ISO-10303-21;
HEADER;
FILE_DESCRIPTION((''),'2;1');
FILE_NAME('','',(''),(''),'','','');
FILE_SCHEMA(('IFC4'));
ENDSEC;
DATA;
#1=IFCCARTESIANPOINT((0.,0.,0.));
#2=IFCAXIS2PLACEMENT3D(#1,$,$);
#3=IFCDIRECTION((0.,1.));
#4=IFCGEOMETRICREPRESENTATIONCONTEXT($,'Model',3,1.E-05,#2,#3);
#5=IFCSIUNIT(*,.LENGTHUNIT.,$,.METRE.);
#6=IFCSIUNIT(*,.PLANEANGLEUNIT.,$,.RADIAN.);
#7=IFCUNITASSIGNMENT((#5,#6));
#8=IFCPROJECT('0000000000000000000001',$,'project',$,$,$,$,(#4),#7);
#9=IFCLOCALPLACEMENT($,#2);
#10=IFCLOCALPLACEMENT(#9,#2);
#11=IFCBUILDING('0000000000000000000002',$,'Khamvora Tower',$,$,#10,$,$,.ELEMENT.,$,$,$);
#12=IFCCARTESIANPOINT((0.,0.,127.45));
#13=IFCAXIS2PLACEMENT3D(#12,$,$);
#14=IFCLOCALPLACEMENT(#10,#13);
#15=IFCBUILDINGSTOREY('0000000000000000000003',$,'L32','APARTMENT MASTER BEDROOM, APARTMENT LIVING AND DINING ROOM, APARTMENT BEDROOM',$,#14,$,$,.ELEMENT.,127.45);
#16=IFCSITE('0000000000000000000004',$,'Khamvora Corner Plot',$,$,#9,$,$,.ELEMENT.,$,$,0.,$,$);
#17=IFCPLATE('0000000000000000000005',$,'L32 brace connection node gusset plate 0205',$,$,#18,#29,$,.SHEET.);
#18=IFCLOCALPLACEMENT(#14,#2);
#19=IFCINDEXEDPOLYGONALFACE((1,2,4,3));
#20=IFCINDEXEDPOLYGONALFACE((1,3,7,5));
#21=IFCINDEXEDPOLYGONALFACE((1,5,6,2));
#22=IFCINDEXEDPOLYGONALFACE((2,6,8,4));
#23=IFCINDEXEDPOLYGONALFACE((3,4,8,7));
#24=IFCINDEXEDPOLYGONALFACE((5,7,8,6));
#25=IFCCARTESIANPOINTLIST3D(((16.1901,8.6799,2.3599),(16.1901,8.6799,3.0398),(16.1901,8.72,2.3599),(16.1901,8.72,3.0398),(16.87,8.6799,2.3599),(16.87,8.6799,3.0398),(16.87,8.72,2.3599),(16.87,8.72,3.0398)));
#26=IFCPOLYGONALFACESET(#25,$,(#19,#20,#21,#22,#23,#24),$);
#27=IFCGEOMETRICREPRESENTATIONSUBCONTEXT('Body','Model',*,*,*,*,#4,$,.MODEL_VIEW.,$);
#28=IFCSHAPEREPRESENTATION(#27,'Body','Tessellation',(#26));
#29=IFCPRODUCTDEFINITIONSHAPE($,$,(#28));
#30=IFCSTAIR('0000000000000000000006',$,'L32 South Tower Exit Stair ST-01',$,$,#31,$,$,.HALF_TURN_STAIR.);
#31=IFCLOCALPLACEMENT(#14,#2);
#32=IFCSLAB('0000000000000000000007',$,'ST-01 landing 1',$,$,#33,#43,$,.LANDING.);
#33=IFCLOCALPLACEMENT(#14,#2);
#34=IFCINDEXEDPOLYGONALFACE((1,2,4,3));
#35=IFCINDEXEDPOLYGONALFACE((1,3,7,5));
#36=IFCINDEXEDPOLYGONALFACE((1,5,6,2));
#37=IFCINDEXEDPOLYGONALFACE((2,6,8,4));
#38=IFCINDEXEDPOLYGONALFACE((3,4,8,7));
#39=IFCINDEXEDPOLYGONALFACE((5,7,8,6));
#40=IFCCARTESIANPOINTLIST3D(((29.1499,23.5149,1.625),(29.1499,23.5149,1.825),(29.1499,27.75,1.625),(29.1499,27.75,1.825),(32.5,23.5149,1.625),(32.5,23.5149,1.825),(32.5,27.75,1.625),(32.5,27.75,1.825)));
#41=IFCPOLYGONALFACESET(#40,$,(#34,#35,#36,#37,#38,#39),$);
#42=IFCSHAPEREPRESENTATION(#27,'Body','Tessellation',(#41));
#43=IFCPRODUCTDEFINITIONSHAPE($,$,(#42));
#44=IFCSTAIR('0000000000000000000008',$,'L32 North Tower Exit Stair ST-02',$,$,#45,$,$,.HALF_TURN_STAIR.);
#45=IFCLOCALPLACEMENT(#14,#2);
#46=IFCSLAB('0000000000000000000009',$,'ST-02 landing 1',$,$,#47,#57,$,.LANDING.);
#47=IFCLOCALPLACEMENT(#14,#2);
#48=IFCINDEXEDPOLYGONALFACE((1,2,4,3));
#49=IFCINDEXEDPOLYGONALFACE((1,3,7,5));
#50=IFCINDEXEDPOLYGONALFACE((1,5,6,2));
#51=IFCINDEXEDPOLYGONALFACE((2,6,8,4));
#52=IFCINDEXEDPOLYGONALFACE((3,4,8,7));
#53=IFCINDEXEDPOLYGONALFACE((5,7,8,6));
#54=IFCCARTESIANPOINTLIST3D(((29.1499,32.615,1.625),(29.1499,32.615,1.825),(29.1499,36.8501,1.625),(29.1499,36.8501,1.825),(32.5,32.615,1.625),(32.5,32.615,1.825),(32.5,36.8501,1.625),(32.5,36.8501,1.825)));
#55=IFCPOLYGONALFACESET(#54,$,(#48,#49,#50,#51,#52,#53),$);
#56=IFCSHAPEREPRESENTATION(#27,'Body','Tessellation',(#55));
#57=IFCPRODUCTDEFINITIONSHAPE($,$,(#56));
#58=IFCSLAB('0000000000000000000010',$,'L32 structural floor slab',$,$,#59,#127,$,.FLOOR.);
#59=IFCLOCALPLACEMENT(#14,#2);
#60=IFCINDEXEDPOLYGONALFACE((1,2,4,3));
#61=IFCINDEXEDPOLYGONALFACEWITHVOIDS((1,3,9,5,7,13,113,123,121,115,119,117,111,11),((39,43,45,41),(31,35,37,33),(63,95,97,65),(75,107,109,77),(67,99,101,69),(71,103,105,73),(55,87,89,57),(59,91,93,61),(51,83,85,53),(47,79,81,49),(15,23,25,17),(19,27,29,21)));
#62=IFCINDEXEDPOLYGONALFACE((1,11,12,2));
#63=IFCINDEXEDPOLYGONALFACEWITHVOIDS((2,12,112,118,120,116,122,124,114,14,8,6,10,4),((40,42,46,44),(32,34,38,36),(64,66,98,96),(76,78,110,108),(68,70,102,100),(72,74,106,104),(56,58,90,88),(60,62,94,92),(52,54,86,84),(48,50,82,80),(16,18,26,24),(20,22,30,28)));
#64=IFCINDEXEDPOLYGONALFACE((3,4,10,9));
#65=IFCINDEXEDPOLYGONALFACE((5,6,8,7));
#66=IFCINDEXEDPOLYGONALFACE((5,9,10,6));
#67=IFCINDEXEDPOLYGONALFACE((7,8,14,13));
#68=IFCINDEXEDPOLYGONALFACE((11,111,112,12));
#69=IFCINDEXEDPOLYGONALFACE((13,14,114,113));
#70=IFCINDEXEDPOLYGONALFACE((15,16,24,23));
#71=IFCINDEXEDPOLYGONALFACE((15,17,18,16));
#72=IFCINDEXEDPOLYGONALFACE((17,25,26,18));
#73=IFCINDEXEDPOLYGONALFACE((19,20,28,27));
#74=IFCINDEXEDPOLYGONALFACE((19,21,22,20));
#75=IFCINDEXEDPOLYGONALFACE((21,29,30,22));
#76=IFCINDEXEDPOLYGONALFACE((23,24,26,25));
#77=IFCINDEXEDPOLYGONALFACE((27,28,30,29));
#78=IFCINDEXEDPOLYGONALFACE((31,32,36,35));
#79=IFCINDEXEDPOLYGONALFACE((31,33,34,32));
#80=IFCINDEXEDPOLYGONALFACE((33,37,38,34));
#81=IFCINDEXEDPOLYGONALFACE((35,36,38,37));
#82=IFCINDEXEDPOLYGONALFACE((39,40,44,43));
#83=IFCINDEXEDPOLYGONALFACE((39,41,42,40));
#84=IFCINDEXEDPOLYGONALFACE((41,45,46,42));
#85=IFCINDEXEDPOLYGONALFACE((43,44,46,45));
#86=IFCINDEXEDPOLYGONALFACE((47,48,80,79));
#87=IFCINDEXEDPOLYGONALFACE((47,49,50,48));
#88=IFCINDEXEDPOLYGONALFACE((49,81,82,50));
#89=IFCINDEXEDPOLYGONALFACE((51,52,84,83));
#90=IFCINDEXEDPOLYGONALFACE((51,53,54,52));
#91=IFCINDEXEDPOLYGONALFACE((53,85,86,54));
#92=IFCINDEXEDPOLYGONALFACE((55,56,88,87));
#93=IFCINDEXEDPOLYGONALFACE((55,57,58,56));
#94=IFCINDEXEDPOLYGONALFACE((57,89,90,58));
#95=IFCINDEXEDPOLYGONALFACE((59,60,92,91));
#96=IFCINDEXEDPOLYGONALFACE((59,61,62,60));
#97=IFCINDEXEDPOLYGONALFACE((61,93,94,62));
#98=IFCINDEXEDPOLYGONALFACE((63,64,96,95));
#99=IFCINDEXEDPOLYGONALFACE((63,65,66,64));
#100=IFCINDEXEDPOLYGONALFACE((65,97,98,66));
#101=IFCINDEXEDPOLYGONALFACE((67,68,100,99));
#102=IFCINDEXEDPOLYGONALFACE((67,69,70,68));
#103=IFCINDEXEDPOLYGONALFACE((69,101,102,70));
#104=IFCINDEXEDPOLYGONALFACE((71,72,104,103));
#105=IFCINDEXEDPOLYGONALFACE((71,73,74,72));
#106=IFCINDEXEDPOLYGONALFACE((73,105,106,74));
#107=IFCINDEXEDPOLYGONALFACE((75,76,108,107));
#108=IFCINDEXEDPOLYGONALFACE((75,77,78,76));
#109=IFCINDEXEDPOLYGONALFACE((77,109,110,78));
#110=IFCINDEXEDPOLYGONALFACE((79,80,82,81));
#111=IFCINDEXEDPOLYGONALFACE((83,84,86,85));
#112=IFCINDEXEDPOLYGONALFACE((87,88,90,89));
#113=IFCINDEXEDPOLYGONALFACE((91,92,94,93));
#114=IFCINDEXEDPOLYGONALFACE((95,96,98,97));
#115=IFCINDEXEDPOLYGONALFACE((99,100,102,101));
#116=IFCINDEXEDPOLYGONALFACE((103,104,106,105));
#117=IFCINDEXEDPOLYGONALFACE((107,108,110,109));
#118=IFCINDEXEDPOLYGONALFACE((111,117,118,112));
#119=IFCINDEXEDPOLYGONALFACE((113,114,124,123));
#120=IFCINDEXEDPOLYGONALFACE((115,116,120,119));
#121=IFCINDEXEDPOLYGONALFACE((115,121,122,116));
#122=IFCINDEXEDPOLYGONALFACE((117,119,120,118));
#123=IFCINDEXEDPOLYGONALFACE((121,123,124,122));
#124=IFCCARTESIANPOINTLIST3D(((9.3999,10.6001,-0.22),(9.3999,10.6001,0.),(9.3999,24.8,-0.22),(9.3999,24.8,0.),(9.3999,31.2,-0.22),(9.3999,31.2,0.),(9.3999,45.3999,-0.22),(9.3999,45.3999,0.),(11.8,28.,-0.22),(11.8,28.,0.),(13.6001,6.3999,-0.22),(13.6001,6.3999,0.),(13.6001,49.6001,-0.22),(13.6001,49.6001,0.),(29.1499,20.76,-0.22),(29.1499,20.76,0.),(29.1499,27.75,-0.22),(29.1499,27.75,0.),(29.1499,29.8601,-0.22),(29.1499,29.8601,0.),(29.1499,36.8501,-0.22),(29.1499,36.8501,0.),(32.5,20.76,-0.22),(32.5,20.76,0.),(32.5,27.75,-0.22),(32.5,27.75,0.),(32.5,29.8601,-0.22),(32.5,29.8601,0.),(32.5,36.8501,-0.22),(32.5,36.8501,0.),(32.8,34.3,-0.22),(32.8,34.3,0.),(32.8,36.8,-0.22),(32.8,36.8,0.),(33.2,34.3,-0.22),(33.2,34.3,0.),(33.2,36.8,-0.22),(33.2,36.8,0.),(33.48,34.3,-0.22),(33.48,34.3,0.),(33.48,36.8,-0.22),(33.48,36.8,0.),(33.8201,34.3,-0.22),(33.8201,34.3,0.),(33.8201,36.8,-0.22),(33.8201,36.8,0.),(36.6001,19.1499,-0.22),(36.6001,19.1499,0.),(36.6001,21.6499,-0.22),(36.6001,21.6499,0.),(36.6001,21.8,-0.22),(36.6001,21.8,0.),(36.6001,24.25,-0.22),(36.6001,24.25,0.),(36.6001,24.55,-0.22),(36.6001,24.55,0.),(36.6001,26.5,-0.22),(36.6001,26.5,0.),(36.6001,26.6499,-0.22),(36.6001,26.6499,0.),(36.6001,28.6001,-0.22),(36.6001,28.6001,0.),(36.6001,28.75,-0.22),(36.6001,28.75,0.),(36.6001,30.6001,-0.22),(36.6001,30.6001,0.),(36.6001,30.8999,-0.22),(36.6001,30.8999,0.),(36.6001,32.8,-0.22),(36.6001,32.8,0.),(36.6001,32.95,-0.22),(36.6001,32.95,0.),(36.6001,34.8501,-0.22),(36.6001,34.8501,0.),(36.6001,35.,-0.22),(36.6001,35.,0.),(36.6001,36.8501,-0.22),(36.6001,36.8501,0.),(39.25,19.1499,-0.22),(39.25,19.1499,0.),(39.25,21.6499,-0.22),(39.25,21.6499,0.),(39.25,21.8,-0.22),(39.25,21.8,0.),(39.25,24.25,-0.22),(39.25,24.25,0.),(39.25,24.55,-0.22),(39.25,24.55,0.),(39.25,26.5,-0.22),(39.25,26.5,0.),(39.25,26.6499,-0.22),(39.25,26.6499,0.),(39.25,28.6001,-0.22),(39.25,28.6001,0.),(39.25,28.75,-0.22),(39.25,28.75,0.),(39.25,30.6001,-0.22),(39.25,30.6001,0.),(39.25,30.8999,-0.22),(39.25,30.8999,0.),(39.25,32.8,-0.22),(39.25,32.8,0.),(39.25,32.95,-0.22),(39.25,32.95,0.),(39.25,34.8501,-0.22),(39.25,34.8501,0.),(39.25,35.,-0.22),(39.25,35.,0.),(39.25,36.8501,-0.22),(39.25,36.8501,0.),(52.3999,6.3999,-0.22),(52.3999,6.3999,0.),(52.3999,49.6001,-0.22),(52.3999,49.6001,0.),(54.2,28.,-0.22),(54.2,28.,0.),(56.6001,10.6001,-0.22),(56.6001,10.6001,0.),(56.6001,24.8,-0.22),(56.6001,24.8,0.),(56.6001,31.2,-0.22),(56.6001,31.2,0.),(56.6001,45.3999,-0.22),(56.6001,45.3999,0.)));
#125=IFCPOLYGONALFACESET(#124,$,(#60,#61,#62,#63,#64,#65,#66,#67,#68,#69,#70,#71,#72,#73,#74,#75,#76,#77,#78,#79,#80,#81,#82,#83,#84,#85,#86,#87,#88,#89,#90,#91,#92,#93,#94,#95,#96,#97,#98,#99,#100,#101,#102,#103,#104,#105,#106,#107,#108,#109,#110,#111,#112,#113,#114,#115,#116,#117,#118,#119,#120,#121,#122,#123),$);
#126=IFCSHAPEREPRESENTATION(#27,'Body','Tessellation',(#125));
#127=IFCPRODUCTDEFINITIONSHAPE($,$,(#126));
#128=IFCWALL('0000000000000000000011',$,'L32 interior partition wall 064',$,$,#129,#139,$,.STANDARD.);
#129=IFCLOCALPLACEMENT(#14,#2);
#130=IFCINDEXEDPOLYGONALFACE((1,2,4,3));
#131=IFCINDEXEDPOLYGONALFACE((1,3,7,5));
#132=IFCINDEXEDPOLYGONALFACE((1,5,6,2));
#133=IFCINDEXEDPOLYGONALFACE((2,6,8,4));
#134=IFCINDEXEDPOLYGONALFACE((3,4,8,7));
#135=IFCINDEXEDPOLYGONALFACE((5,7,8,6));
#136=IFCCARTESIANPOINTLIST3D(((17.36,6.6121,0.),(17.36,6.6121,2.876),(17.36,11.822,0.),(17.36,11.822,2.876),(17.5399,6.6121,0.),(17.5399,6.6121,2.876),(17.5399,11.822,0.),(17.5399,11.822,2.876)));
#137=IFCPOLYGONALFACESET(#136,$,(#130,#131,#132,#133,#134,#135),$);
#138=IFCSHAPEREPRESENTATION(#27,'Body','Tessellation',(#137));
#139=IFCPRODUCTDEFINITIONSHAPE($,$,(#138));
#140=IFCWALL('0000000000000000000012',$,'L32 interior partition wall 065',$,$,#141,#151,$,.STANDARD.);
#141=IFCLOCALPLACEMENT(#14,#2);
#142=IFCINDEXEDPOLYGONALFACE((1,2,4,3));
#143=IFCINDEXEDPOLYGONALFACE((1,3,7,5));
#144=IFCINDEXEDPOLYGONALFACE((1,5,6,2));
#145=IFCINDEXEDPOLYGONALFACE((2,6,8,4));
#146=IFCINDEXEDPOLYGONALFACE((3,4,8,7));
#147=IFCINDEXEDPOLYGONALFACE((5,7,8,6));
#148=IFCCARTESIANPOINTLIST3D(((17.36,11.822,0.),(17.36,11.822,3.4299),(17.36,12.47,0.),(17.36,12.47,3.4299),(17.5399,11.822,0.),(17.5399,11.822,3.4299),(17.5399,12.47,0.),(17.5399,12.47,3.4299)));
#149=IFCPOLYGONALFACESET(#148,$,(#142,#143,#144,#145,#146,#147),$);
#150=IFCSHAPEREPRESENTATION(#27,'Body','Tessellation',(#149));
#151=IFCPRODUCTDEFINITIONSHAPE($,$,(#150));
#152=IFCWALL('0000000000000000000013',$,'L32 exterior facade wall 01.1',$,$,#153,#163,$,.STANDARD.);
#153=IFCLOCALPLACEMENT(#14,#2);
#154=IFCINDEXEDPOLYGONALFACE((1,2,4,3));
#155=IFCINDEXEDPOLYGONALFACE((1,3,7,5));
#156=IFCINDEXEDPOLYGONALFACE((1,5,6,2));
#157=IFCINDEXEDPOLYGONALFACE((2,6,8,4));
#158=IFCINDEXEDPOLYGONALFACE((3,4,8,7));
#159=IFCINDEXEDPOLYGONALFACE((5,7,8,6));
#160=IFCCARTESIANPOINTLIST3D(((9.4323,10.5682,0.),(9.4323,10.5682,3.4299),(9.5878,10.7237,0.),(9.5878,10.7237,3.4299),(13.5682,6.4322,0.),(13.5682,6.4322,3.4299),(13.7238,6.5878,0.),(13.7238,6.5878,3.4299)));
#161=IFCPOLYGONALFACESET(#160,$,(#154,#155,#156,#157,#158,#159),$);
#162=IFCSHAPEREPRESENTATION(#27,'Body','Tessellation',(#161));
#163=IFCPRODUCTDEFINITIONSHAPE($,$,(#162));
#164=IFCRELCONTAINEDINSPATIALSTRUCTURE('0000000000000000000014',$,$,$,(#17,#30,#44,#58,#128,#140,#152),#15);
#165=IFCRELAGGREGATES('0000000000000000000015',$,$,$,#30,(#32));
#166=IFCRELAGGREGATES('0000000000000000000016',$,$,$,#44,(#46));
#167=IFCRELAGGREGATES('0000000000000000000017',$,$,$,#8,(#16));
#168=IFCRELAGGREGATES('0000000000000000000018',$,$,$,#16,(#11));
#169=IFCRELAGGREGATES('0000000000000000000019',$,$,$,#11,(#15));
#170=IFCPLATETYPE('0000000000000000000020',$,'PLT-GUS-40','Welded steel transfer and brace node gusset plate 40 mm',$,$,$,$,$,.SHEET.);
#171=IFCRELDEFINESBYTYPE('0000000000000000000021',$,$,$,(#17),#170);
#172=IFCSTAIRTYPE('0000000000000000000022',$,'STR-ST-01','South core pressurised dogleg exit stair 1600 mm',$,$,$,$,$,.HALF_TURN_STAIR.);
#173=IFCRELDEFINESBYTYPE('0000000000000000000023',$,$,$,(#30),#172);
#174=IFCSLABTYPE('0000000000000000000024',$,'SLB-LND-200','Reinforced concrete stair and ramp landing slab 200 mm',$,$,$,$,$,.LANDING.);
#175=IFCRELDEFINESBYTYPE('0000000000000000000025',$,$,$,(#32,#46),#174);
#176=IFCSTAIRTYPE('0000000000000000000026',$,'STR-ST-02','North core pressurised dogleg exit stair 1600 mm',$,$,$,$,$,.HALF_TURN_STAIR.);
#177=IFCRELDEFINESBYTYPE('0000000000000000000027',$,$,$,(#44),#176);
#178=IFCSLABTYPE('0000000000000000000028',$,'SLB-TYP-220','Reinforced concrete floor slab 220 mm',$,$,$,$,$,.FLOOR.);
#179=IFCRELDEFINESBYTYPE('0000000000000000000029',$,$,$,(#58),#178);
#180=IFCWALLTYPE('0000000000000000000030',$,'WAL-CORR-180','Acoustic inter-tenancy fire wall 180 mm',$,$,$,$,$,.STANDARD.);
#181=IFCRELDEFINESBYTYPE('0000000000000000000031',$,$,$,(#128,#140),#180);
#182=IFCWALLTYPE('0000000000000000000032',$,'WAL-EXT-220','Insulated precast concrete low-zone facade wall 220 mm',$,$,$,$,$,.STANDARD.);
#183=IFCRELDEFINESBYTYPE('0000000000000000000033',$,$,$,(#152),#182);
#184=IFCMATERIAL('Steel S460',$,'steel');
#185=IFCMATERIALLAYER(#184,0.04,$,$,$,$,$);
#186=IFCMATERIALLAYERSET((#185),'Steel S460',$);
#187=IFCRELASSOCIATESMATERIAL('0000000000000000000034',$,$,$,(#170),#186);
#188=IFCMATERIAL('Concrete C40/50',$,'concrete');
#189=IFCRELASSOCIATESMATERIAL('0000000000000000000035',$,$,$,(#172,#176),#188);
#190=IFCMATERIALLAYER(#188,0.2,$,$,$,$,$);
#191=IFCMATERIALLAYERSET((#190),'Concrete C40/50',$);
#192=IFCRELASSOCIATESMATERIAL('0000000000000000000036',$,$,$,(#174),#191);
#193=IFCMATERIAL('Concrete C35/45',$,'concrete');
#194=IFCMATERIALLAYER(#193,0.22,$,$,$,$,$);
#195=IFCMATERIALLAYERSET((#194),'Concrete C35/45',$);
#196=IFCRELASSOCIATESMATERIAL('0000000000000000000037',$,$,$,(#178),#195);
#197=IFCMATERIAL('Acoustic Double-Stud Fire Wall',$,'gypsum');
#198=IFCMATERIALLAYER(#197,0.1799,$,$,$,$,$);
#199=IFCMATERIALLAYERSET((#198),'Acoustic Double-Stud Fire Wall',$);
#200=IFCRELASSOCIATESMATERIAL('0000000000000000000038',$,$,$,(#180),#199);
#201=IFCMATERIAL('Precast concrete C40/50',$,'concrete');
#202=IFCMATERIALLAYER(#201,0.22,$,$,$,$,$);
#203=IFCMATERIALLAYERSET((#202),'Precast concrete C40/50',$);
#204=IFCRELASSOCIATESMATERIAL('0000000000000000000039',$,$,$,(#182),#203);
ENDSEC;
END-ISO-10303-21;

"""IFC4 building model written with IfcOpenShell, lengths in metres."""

from ifc_helpers import new_model, si_unit, direction, frame, frame_2d, origin, origin_2d, place, context, subcontext, project, spatial, polyline, rectangle, outline, extrude, material, layer, layer_set, type_object, element, aggregate, save


model = new_model("IFC4")

# Units and contexts
model_context = context("Model", 3, precision=1e-05, world=origin(), true_north=direction((0.0, 1.0)))
body_context = subcontext(model_context, "Body", "Model", "MODEL_VIEW")
ifc_project = project(units=[si_unit("LENGTHUNIT", "METRE"), si_unit("PLANEANGLEUNIT", "RADIAN")], contexts=[model_context])

# Site, building, storey
site_placement = place(None, origin())
site = spatial("IfcSite", under=ifc_project, at=site_placement, Name="Khamvora Corner Plot", CompositionType="ELEMENT", RefElevation=0.0)
building_placement = place(site_placement, origin())
building = spatial("IfcBuilding", under=site, at=building_placement, Name="Khamvora Tower", CompositionType="ELEMENT")
storey_placement = place(building_placement, frame((0.0, 0.0, 127.45)))
storey = spatial("IfcBuildingStorey", under=building, at=storey_placement, Name="L32", Description="APARTMENT MASTER BEDROOM, APARTMENT LIVING AND DINING ROOM, APARTMENT BEDROOM", CompositionType="ELEMENT", Elevation=127.45)

# Plate
ifc_material_1 = material(Name="Steel S460", Category="steel")
ifc_layer_1 = layer(ifc_material_1, 0.04)
ifc_layer_set_1 = layer_set([ifc_layer_1], Name="Steel S460")
plate_type_1 = type_object("IfcPlateType", Name="PLT-GUS-40", Description="Welded steel transfer and brace node gusset plate 40 mm", PredefinedType="SHEET", material=ifc_layer_set_1)
plate_1_placement = place(storey_placement, frame((16.53, 8.7, 2.3599), z_axis=(0.0, 0.0, 1.0), x_axis=(1.0, 0.0, 0.0)))
element("IfcPlate", 1, at=plate_1_placement, inside=storey, type_object=plate_type_1, Name="L32 brace connection node gusset plate 0205", PredefinedType="SHEET", context=body_context, shape_type="SweptSolid", body=[
    extrude(rectangle(XDim=0.6799, YDim=0.04, at=origin_2d()), origin(), (0.0, 0.0, 1.0), 0.6799),
])

# Stairs, slabs
ifc_material_2 = material(Name="Concrete C40/50", Category="concrete")
stair_type_1 = type_object("IfcStairType", Name="STR-ST-01", Description="South core pressurised dogleg exit stair 1600 mm", PredefinedType="HALF_TURN_STAIR", material=ifc_material_2)
stair_1_placement = place(storey_placement, origin())
stair_1 = element("IfcStair", 2, at=stair_1_placement, inside=storey, type_object=stair_type_1, Name="L32 South Tower Exit Stair ST-01", PredefinedType="HALF_TURN_STAIR")
ifc_layer_2 = layer(ifc_material_2, 0.2)
ifc_layer_set_2 = layer_set([ifc_layer_2], Name="Concrete C40/50")
slab_type_1 = type_object("IfcSlabType", Name="SLB-LND-200", Description="Reinforced concrete stair and ramp landing slab 200 mm", PredefinedType="LANDING", material=ifc_layer_set_2)
slab_1_placement = place(storey_placement, frame((0.0, 0.0, 1.625)))
slab_1 = element("IfcSlab", 3, at=slab_1_placement, type_object=slab_type_1, Name="ST-01 landing 1", PredefinedType="LANDING", context=body_context, shape_type="SweptSolid", body=[
    extrude(outline(polyline([(32.5, 23.5149), (32.5, 27.75), (29.1499, 27.75), (29.1499, 23.5149), (32.5, 23.5149)])), origin(), (0.0, 0.0, 1.0), 0.2),
])
aggregate(stair_1, [slab_1])
stair_type_2 = type_object("IfcStairType", Name="STR-ST-02", Description="North core pressurised dogleg exit stair 1600 mm", PredefinedType="HALF_TURN_STAIR", material=ifc_material_2)
stair_2_placement = place(storey_placement, origin())
stair_2 = element("IfcStair", 4, at=stair_2_placement, inside=storey, type_object=stair_type_2, Name="L32 North Tower Exit Stair ST-02", PredefinedType="HALF_TURN_STAIR")
slab_2_placement = place(storey_placement, frame((0.0, 0.0, 1.625)))
slab_2 = element("IfcSlab", 5, at=slab_2_placement, type_object=slab_type_1, Name="ST-02 landing 1", PredefinedType="LANDING", context=body_context, shape_type="SweptSolid", body=[
    extrude(outline(polyline([(32.5, 32.615), (32.5, 36.8501), (29.1499, 36.8501), (29.1499, 32.615), (32.5, 32.615)])), origin(), (0.0, 0.0, 1.0), 0.2),
])
aggregate(stair_2, [slab_2])

# Slab
ifc_material_3 = material(Name="Concrete C35/45", Category="concrete")
ifc_layer_3 = layer(ifc_material_3, 0.22)
ifc_layer_set_3 = layer_set([ifc_layer_3], Name="Concrete C35/45")
slab_type_2 = type_object("IfcSlabType", Name="SLB-TYP-220", Description="Reinforced concrete floor slab 220 mm", PredefinedType="FLOOR", material=ifc_layer_set_3)
slab_3_placement = place(storey_placement, frame((0.0, 0.0, -0.22)))
element("IfcSlab", 6, at=slab_3_placement, inside=storey, type_object=slab_type_2, Name="L32 structural floor slab", PredefinedType="FLOOR", context=body_context, shape_type="SweptSolid", body=[
    extrude(outline(polyline([(13.6001, 6.3999), (52.3999, 6.3999), (56.6001, 10.6001), (56.6001, 24.8), (54.2, 28.0), (56.6001, 31.2), (56.6001, 45.3999), (52.3999, 49.6001), (13.6001, 49.6001), (9.3999, 45.3999), (9.3999, 31.2), (11.8, 28.0), (9.3999, 24.8), (9.3999, 10.6001), (13.6001, 6.3999)]), holes=[polyline([(32.5, 20.76), (32.5, 27.75), (29.1499, 27.75), (29.1499, 20.76), (32.5, 20.76)]), polyline([(32.5, 29.8601), (32.5, 36.8501), (29.1499, 36.8501), (29.1499, 29.8601), (32.5, 29.8601)]), polyline([(36.6001, 19.1499), (39.25, 19.1499), (39.25, 21.6499), (36.6001, 21.6499), (36.6001, 19.1499)]), polyline([(36.6001, 21.8), (39.25, 21.8), (39.25, 24.25), (36.6001, 24.25), (36.6001, 21.8)]), polyline([(36.6001, 24.55), (39.25, 24.55), (39.25, 26.5), (36.6001, 26.5), (36.6001, 24.55)]), polyline([(36.6001, 26.6499), (39.25, 26.6499), (39.25, 28.6001), (36.6001, 28.6001), (36.6001, 26.6499)]), polyline([(36.6001, 28.75), (39.25, 28.75), (39.25, 30.6001), (36.6001, 30.6001), (36.6001, 28.75)]), polyline([(36.6001, 30.8999), (39.25, 30.8999), (39.25, 32.8), (36.6001, 32.8), (36.6001, 30.8999)]), polyline([(36.6001, 32.95), (39.25, 32.95), (39.25, 34.8501), (36.6001, 34.8501), (36.6001, 32.95)]), polyline([(36.6001, 35.0), (39.25, 35.0), (39.25, 36.8501), (36.6001, 36.8501), (36.6001, 35.0)]), polyline([(32.8, 34.3), (33.2, 34.3), (33.2, 36.8), (32.8, 36.8), (32.8, 34.3)]), polyline([(33.48, 34.3), (33.8201, 34.3), (33.8201, 36.8), (33.48, 36.8), (33.48, 34.3)])]), origin(), (0.0, 0.0, 1.0), 0.22),
])

# Walls
ifc_material_4 = material(Name="Acoustic Double-Stud Fire Wall", Category="gypsum")
ifc_layer_4 = layer(ifc_material_4, 0.1799)
ifc_layer_set_4 = layer_set([ifc_layer_4], Name="Acoustic Double-Stud Fire Wall")
wall_type_1 = type_object("IfcWallType", Name="WAL-CORR-180", Description="Acoustic inter-tenancy fire wall 180 mm", PredefinedType="STANDARD", material=ifc_layer_set_4)
wall_1_placement = place(storey_placement, frame((17.45, 11.822, 0.0), z_axis=(0.0, 0.0, 1.0), x_axis=(0.0, -1.0, 0.0)))
element("IfcWall", 7, at=wall_1_placement, inside=storey, type_object=wall_type_1, Name="L32 interior partition wall 064", PredefinedType="STANDARD", context=body_context, shape_type="SweptSolid", body=[
    extrude(rectangle(XDim=5.21, YDim=0.1799, at=frame_2d((2.605, 0.0))), origin(), (0.0, 0.0, 1.0), 2.876),
])
wall_2_placement = place(storey_placement, frame((17.45, 12.47, 0.0), z_axis=(0.0, 0.0, 1.0), x_axis=(0.0, -1.0, 0.0)))
element("IfcWall", 8, at=wall_2_placement, inside=storey, type_object=wall_type_1, Name="L32 interior partition wall 065", PredefinedType="STANDARD", context=body_context, shape_type="SweptSolid", body=[
    extrude(rectangle(XDim=0.6479, YDim=0.1799, at=frame_2d((0.324, 0.0))), origin(), (0.0, 0.0, 1.0), 3.4299),
])
ifc_material_5 = material(Name="Precast concrete C40/50", Category="concrete")
ifc_layer_5 = layer(ifc_material_5, 0.22)
ifc_layer_set_5 = layer_set([ifc_layer_5], Name="Precast concrete C40/50")
wall_type_2 = type_object("IfcWallType", Name="WAL-EXT-220", Description="Insulated precast concrete low-zone facade wall 220 mm", PredefinedType="STANDARD", material=ifc_layer_set_5)
wall_3_placement = place(storey_placement, frame((13.646, 6.51, 0.0), z_axis=(0.0, 0.0, 1.0), x_axis=(-0.707107, 0.707107, 0.0)))
element("IfcWall", 9, at=wall_3_placement, inside=storey, type_object=wall_type_2, Name="L32 exterior facade wall 01.1", PredefinedType="STANDARD", context=body_context, shape_type="SweptSolid", body=[
    extrude(rectangle(XDim=5.8491, YDim=0.22, at=frame_2d((2.9246, 0.0))), origin(), (0.0, 0.0, 1.0), 3.4299),
])

save(model, "model.ifc")
